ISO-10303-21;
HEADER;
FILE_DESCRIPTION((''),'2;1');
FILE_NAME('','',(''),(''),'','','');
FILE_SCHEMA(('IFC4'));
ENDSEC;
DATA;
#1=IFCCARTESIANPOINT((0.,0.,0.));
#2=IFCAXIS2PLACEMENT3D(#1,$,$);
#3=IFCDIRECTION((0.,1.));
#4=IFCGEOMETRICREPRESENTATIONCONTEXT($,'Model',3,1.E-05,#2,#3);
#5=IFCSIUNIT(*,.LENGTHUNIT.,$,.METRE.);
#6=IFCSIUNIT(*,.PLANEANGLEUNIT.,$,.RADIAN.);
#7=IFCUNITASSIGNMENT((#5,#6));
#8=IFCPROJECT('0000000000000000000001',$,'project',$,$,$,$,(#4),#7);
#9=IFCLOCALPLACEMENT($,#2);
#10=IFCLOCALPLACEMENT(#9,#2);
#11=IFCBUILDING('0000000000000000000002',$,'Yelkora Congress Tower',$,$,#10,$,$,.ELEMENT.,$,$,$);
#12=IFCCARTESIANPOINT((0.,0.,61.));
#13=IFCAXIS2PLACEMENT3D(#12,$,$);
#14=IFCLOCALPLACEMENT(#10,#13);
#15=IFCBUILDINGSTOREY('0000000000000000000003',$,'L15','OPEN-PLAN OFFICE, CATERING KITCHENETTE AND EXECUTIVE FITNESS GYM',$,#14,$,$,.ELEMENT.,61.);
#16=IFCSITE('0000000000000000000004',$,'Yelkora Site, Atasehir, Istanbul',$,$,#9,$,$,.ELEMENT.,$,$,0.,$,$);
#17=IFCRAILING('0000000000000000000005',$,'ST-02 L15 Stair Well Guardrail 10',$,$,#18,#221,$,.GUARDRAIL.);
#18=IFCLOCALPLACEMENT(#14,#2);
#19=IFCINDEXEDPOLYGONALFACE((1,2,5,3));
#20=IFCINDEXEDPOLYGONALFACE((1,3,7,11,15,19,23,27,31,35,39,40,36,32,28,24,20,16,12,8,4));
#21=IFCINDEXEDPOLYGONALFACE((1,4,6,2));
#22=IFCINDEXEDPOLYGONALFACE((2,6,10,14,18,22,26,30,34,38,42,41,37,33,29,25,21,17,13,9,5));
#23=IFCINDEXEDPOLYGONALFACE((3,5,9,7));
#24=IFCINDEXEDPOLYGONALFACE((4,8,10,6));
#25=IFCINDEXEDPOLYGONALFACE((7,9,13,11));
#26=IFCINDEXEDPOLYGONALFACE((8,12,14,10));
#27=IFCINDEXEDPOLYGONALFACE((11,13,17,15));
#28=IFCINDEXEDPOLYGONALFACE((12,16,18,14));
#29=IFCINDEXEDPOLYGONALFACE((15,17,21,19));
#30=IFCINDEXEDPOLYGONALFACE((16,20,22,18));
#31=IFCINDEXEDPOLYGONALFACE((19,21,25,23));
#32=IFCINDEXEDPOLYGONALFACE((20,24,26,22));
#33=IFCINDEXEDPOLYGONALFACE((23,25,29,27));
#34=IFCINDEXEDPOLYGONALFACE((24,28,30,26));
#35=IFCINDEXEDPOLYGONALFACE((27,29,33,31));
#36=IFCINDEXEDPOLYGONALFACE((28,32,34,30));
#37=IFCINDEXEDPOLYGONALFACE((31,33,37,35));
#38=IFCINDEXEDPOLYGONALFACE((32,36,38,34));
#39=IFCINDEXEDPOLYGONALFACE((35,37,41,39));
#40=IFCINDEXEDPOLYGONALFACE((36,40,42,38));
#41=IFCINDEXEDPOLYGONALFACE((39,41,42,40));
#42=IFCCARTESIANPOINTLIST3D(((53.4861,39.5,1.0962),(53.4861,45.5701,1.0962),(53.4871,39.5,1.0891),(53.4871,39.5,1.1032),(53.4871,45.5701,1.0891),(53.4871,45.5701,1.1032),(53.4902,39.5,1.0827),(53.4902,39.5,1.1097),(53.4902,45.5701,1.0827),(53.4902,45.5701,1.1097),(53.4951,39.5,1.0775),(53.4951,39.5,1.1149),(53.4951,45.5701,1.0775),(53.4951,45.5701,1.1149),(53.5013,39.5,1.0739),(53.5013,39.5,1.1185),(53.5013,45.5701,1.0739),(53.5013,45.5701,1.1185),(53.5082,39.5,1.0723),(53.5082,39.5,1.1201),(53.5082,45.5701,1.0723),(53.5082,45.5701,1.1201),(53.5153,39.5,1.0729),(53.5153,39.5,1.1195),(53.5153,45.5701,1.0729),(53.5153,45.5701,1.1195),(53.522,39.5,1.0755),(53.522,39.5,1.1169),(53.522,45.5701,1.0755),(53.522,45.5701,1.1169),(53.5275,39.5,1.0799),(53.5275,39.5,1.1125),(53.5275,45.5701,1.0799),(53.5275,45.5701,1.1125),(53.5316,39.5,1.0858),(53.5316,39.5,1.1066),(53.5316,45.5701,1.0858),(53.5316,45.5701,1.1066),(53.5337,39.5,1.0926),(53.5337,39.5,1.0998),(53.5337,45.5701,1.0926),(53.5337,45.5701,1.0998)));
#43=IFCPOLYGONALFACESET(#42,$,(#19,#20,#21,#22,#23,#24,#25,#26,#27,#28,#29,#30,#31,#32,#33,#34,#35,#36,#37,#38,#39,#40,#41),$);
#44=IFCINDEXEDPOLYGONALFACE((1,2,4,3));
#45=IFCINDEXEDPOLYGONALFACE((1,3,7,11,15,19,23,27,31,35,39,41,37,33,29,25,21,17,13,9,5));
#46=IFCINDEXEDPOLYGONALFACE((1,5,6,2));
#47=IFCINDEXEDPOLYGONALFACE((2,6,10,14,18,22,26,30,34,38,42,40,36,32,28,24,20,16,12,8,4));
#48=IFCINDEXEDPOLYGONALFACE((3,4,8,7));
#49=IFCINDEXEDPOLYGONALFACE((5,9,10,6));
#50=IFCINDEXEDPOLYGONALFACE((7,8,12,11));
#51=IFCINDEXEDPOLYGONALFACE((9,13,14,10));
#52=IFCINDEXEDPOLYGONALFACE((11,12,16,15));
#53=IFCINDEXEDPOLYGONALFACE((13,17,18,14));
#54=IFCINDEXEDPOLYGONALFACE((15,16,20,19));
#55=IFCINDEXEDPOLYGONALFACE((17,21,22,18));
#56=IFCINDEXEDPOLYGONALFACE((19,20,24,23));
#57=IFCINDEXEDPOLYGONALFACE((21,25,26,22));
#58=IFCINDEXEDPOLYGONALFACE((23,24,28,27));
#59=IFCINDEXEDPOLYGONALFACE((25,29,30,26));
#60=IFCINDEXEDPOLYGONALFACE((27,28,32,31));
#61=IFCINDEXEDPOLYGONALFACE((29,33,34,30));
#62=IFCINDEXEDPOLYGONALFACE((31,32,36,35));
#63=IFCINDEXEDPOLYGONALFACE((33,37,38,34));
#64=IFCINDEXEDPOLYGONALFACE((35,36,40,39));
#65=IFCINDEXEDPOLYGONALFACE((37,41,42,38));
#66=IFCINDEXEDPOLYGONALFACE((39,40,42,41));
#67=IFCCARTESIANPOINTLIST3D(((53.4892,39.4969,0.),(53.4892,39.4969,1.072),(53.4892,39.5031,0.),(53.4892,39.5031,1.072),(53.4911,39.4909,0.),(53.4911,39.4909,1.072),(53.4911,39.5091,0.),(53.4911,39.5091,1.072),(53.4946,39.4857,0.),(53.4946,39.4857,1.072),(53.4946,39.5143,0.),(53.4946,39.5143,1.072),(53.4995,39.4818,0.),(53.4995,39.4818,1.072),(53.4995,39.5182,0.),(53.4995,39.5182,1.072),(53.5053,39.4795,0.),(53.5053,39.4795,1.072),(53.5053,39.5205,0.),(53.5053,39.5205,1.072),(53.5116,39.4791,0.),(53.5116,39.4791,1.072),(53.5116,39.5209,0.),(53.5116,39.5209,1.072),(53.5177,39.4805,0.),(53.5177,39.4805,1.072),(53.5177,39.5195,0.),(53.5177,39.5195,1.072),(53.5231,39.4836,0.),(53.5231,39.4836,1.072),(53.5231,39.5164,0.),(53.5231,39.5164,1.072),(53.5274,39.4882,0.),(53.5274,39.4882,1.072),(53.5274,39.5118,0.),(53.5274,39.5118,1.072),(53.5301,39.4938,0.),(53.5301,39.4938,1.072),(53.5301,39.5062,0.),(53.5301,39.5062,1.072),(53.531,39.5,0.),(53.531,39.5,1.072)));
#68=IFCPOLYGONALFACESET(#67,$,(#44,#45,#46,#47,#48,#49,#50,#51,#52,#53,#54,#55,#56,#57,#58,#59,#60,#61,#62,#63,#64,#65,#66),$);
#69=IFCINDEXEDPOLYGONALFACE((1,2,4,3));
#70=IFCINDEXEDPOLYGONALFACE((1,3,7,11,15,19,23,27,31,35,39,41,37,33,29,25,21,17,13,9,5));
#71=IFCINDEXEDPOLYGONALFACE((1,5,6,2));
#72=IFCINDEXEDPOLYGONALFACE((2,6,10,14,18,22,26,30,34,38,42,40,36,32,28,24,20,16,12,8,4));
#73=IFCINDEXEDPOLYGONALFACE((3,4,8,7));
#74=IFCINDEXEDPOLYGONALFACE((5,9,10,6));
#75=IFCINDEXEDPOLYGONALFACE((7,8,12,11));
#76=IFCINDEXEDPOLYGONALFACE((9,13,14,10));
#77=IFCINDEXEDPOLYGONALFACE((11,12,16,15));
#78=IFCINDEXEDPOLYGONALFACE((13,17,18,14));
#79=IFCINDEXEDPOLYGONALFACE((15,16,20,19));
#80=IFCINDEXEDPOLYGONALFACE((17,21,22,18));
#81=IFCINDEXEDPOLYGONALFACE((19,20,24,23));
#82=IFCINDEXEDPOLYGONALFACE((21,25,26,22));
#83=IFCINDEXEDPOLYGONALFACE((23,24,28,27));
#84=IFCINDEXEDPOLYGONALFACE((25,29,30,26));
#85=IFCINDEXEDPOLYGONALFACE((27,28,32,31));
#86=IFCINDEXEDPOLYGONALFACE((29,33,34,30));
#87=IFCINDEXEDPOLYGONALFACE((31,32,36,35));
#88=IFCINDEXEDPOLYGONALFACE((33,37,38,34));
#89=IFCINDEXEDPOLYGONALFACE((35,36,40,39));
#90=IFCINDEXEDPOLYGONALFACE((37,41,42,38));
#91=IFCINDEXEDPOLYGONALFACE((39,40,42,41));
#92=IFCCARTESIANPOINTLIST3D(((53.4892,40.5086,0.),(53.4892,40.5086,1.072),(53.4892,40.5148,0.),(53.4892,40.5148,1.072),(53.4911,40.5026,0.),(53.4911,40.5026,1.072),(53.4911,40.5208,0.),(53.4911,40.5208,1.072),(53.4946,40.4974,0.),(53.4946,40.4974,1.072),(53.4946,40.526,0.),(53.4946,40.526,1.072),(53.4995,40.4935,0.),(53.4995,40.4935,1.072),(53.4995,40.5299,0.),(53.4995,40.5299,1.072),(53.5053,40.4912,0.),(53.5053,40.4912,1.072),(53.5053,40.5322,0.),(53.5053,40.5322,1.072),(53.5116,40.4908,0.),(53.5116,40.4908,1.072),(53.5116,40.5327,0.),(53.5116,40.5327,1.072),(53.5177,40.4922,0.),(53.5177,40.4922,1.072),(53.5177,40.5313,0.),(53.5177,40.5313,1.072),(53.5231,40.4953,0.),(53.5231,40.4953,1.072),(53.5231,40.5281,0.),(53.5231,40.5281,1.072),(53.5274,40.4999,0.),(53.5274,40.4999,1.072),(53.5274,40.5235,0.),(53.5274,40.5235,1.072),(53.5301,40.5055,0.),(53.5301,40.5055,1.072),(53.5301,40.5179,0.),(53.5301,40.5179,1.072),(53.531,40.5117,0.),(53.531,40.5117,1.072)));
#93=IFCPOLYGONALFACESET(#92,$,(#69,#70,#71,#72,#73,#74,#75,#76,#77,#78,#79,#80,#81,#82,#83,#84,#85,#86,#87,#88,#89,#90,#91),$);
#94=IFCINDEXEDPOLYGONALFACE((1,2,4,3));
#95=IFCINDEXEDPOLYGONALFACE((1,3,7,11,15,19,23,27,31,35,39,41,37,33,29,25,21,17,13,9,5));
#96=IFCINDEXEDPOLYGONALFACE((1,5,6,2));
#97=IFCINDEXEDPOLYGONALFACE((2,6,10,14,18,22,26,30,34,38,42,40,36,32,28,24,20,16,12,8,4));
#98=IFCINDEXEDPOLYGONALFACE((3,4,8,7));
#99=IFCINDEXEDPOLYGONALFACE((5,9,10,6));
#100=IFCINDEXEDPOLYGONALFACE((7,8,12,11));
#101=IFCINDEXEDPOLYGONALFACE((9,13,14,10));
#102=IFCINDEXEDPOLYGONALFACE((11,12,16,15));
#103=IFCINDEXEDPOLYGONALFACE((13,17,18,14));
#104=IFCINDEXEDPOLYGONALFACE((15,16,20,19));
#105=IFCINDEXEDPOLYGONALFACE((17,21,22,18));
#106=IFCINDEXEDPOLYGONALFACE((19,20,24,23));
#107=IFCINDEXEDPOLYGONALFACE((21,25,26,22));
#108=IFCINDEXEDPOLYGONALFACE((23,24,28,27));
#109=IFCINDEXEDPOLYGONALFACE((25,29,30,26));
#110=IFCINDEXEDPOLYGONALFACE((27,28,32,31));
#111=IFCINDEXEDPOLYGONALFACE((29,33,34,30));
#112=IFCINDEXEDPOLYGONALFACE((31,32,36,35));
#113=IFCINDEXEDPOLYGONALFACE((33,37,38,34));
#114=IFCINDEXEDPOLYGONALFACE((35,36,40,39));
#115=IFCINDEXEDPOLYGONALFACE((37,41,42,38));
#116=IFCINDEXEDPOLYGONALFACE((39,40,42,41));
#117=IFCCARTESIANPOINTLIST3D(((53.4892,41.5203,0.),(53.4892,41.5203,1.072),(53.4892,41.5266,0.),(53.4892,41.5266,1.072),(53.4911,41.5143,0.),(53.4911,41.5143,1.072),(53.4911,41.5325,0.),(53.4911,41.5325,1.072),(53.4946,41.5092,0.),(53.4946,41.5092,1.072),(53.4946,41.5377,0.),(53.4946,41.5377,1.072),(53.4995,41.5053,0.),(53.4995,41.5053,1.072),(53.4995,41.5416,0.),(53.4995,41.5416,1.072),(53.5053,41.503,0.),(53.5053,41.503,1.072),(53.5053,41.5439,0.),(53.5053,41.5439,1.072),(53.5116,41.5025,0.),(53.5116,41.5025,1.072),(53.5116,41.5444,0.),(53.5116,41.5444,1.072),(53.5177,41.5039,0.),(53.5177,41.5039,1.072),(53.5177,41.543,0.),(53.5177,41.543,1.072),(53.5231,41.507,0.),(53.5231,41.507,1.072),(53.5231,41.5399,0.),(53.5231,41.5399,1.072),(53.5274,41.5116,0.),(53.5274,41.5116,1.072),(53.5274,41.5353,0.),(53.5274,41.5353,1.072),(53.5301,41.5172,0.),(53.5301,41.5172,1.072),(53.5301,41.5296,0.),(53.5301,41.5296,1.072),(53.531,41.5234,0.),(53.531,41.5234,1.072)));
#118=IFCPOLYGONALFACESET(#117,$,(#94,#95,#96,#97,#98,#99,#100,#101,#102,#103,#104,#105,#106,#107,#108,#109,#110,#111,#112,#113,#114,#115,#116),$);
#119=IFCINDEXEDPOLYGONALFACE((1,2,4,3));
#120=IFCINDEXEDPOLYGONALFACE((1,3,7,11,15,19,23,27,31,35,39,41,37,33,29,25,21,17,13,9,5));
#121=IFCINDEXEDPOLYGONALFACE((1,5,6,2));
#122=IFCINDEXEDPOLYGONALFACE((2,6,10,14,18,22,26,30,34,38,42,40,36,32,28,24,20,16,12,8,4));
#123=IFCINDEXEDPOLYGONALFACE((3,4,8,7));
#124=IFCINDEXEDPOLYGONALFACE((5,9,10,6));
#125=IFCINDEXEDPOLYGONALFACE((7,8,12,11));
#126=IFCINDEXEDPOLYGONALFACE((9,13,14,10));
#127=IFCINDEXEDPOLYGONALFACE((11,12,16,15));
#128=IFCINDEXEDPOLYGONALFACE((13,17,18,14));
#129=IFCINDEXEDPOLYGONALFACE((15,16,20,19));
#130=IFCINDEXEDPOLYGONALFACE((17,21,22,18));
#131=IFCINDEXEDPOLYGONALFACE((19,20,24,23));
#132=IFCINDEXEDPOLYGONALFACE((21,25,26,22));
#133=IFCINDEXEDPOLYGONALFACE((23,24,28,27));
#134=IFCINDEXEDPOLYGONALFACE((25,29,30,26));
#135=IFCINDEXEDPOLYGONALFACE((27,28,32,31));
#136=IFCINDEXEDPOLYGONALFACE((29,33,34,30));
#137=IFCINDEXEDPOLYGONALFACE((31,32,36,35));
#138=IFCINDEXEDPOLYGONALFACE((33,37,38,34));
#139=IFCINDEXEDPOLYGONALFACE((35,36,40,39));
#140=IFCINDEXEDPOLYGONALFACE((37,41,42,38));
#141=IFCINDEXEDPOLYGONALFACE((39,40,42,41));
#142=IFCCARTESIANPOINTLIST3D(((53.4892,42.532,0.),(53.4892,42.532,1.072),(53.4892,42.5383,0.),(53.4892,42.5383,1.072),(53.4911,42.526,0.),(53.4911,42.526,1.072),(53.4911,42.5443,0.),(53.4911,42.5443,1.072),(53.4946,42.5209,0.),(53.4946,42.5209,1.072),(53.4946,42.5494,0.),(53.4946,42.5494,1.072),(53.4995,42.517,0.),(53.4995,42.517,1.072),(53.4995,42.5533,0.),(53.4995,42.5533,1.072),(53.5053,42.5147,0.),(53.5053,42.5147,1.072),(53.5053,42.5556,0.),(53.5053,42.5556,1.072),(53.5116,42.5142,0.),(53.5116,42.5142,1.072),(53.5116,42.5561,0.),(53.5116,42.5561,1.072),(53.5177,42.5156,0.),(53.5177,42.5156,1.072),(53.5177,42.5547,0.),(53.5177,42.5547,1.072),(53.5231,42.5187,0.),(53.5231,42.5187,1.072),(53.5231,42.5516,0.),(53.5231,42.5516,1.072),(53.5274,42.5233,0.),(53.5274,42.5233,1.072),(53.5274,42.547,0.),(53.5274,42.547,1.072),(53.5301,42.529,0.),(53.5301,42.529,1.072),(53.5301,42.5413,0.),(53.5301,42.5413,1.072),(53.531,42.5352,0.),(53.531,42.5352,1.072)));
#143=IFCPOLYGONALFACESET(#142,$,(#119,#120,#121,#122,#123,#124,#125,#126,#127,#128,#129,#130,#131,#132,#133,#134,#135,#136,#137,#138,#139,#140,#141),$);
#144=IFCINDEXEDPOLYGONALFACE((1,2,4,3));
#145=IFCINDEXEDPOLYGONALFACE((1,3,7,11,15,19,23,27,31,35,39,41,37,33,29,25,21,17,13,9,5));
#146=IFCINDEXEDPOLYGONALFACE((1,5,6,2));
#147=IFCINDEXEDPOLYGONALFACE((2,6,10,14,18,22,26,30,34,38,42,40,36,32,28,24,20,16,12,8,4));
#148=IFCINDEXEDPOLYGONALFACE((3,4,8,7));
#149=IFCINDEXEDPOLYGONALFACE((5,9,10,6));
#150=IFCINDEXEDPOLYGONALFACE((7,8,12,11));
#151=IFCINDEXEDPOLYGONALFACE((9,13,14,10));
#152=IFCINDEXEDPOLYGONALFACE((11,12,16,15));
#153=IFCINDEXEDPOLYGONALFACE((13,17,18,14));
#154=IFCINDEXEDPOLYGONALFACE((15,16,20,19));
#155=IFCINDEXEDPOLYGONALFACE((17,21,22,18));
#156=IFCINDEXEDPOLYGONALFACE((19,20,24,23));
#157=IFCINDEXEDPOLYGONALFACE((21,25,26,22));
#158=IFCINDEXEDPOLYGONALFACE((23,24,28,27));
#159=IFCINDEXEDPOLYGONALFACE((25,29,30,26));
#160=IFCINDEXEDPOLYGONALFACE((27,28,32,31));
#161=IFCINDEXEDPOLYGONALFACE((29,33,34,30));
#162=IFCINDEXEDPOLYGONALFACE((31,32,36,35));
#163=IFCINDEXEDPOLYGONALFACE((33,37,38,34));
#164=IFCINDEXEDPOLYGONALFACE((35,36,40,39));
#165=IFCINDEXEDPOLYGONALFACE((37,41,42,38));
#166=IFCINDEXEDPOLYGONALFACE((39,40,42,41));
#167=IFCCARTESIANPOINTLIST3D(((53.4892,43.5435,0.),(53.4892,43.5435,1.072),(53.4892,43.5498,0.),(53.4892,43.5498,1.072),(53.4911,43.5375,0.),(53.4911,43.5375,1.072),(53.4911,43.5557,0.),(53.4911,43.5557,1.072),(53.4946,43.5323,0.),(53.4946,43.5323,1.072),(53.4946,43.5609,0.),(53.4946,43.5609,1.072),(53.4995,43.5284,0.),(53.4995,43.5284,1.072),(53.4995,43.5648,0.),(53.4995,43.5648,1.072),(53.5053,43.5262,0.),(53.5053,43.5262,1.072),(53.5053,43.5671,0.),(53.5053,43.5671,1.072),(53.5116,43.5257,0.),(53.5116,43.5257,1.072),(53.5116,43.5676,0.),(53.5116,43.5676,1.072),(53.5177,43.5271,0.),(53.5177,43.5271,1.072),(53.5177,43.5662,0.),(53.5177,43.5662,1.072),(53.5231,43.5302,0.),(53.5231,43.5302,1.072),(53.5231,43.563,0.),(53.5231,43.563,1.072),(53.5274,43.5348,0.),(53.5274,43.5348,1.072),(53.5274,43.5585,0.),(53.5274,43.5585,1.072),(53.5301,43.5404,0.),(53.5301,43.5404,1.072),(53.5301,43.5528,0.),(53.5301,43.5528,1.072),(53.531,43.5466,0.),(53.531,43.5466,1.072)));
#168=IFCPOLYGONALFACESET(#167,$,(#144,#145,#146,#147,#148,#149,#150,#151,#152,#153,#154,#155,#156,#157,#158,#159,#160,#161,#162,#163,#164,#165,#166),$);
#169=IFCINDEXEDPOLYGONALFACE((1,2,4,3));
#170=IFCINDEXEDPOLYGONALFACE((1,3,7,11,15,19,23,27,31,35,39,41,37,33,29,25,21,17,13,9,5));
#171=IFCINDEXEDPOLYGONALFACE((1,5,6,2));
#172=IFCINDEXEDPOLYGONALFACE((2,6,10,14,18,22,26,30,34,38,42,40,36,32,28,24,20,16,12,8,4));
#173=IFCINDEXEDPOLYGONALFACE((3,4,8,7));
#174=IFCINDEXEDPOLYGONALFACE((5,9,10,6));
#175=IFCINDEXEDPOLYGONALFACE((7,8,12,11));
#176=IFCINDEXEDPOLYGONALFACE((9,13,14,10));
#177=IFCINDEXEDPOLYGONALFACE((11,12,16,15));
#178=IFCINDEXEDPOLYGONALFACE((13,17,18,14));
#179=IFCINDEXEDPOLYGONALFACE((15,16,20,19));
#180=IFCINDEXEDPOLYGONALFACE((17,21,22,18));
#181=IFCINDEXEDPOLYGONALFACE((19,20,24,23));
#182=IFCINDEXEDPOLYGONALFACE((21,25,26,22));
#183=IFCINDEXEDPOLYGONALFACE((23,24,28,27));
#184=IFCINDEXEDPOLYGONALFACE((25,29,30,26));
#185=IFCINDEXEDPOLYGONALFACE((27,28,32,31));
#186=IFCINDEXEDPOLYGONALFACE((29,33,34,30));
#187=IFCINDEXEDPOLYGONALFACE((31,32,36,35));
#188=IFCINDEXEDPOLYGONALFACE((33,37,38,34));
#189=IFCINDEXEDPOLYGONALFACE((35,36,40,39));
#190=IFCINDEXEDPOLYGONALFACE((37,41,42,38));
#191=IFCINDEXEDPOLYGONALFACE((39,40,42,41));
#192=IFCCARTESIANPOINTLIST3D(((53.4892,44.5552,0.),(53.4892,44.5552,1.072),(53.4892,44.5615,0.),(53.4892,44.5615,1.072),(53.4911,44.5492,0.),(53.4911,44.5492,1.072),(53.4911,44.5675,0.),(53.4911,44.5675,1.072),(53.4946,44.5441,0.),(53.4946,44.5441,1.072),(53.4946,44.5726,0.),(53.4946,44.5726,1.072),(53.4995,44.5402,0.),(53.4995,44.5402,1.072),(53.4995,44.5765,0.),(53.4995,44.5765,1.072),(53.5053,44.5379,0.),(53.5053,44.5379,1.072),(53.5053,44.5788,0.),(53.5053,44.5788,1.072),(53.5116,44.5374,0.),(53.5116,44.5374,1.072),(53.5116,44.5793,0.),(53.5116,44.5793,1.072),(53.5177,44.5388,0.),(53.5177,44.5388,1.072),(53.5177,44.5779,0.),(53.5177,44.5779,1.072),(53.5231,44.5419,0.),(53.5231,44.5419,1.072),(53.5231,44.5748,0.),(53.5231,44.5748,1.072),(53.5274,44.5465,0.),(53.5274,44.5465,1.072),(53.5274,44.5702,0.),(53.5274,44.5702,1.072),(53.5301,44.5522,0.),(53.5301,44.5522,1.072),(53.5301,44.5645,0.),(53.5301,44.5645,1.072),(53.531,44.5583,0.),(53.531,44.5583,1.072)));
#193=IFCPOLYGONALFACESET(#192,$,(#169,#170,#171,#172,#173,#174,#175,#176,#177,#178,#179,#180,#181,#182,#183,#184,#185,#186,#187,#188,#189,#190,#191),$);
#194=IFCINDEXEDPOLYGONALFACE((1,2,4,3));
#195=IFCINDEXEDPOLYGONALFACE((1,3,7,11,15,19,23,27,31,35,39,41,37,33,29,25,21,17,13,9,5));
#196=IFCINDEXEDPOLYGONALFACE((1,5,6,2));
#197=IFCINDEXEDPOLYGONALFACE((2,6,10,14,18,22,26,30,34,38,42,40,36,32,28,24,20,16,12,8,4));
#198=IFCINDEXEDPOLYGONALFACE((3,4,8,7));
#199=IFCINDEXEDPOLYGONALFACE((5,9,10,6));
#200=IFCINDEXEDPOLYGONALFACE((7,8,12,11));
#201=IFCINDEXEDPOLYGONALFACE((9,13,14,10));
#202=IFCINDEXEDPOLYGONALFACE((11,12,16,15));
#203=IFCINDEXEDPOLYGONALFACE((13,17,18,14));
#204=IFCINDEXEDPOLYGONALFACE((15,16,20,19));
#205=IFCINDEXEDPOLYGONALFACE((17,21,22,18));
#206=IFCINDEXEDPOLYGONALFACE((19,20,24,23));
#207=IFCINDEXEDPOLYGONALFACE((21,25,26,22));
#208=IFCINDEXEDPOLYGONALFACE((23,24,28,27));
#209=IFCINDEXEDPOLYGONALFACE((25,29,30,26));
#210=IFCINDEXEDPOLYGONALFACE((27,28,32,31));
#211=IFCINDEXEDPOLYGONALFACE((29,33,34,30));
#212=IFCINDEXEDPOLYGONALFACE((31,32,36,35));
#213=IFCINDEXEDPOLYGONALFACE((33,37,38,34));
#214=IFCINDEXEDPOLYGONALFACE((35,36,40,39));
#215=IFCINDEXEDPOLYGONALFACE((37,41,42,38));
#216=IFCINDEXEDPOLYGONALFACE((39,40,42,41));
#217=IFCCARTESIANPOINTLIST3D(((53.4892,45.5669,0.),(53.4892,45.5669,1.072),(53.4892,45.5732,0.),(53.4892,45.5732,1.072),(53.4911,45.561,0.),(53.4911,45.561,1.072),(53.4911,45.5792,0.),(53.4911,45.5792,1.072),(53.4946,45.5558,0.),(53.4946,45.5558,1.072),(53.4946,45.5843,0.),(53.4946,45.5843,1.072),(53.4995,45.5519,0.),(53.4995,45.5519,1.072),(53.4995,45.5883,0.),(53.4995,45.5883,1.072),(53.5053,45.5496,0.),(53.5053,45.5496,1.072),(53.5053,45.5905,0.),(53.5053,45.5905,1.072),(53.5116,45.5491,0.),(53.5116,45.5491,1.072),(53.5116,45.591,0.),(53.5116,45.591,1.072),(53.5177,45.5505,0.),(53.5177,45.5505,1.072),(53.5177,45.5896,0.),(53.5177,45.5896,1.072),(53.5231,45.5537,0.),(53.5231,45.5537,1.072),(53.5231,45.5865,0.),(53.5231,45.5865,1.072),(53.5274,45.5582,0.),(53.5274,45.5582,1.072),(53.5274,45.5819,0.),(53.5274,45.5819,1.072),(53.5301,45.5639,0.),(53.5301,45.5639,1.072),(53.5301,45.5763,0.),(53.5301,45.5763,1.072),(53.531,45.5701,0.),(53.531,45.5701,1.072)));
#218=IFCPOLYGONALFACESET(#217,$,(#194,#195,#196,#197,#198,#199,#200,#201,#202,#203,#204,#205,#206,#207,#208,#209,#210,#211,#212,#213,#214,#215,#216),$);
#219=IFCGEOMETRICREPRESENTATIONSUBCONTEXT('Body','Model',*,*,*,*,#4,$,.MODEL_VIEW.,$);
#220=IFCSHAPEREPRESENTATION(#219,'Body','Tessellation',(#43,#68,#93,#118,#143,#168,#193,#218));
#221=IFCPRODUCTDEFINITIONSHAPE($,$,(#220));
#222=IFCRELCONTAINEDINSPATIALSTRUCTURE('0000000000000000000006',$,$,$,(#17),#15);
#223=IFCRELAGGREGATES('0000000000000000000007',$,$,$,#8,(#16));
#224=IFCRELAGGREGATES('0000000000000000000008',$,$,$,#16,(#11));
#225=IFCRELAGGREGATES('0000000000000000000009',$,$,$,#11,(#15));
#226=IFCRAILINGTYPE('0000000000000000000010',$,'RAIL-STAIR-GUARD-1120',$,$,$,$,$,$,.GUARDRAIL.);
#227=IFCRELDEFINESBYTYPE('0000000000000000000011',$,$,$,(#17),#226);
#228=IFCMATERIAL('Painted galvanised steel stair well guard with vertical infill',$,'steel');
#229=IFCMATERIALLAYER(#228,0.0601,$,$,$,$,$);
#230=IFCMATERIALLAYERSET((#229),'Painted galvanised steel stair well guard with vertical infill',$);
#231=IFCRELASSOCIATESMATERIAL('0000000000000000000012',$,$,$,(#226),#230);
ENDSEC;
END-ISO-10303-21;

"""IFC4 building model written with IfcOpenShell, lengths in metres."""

from ifc_helpers import new_model, si_unit, direction, frame, origin, origin_2d, place, context, subcontext, project, spatial, circle, extrude, material, layer, layer_set, type_object, element, save


model = new_model("IFC4")

# Units and contexts
model_context = context("Model", 3, precision=1e-05, world=origin(), true_north=direction((0.0, 1.0)))
body_context = subcontext(model_context, "Body", "Model", "MODEL_VIEW")
ifc_project = project(units=[si_unit("LENGTHUNIT", "METRE"), si_unit("PLANEANGLEUNIT", "RADIAN")], contexts=[model_context])

# Site, building, storey
site_placement = place(None, origin())
site = spatial("IfcSite", under=ifc_project, at=site_placement, Name="Yelkora Site, Atasehir, Istanbul", CompositionType="ELEMENT", RefElevation=0.0)
building_placement = place(site_placement, origin())
building = spatial("IfcBuilding", under=site, at=building_placement, Name="Yelkora Congress Tower", CompositionType="ELEMENT")
storey_placement = place(building_placement, frame((0.0, 0.0, 61.0)))
storey = spatial("IfcBuildingStorey", under=building, at=storey_placement, Name="L15", Description="OPEN-PLAN OFFICE, CATERING KITCHENETTE AND EXECUTIVE FITNESS GYM", CompositionType="ELEMENT", Elevation=61.0)

# Railing
ifc_material_1 = material(Name="Painted galvanised steel stair well guard with vertical infill", Category="steel")
ifc_layer_1 = layer(ifc_material_1, 0.0601)
ifc_layer_set_1 = layer_set([ifc_layer_1], Name="Painted galvanised steel stair well guard with vertical infill")
railing_type_1 = type_object("IfcRailingType", Name="RAIL-STAIR-GUARD-1120", PredefinedType="GUARDRAIL", material=ifc_layer_set_1)
railing_1_placement = place(storey_placement, frame((53.51, 39.5, 0.0)))
element("IfcRailing", 1, at=railing_1_placement, inside=storey, type_object=railing_type_1, Name="ST-02 L15 Stair Well Guardrail 10", PredefinedType="GUARDRAIL", context=body_context, shape_type="SweptSolid", body=[
    extrude(circle(Radius=0.0239, at=origin_2d()), frame((0.0, 0.0, 1.0962), z_axis=(0.0, 1.0, 0.0), x_axis=(-1.0, 0.0, 0.0)), (0.0, 0.0, 1.0), 6.0701),
    extrude(circle(Radius=0.021, at=origin_2d()), origin(), (0.0, 0.0, 1.0), 1.072),
    extrude(circle(Radius=0.021, at=origin_2d()), frame((0.0, 1.0117, 0.0)), (0.0, 0.0, 1.0), 1.072),
    extrude(circle(Radius=0.021, at=origin_2d()), frame((0.0, 2.0234, 0.0)), (0.0, 0.0, 1.0), 1.072),
    extrude(circle(Radius=0.021, at=origin_2d()), frame((0.0, 3.0352, 0.0)), (0.0, 0.0, 1.0), 1.072),
    extrude(circle(Radius=0.021, at=origin_2d()), frame((0.0, 4.0466, 0.0)), (0.0, 0.0, 1.0), 1.072),
    extrude(circle(Radius=0.021, at=origin_2d()), frame((0.0, 5.0583, 0.0)), (0.0, 0.0, 1.0), 1.072),
    extrude(circle(Radius=0.021, at=origin_2d()), frame((0.0, 6.0701, 0.0)), (0.0, 0.0, 1.0), 1.072),
])

save(model, "model.ifc")
